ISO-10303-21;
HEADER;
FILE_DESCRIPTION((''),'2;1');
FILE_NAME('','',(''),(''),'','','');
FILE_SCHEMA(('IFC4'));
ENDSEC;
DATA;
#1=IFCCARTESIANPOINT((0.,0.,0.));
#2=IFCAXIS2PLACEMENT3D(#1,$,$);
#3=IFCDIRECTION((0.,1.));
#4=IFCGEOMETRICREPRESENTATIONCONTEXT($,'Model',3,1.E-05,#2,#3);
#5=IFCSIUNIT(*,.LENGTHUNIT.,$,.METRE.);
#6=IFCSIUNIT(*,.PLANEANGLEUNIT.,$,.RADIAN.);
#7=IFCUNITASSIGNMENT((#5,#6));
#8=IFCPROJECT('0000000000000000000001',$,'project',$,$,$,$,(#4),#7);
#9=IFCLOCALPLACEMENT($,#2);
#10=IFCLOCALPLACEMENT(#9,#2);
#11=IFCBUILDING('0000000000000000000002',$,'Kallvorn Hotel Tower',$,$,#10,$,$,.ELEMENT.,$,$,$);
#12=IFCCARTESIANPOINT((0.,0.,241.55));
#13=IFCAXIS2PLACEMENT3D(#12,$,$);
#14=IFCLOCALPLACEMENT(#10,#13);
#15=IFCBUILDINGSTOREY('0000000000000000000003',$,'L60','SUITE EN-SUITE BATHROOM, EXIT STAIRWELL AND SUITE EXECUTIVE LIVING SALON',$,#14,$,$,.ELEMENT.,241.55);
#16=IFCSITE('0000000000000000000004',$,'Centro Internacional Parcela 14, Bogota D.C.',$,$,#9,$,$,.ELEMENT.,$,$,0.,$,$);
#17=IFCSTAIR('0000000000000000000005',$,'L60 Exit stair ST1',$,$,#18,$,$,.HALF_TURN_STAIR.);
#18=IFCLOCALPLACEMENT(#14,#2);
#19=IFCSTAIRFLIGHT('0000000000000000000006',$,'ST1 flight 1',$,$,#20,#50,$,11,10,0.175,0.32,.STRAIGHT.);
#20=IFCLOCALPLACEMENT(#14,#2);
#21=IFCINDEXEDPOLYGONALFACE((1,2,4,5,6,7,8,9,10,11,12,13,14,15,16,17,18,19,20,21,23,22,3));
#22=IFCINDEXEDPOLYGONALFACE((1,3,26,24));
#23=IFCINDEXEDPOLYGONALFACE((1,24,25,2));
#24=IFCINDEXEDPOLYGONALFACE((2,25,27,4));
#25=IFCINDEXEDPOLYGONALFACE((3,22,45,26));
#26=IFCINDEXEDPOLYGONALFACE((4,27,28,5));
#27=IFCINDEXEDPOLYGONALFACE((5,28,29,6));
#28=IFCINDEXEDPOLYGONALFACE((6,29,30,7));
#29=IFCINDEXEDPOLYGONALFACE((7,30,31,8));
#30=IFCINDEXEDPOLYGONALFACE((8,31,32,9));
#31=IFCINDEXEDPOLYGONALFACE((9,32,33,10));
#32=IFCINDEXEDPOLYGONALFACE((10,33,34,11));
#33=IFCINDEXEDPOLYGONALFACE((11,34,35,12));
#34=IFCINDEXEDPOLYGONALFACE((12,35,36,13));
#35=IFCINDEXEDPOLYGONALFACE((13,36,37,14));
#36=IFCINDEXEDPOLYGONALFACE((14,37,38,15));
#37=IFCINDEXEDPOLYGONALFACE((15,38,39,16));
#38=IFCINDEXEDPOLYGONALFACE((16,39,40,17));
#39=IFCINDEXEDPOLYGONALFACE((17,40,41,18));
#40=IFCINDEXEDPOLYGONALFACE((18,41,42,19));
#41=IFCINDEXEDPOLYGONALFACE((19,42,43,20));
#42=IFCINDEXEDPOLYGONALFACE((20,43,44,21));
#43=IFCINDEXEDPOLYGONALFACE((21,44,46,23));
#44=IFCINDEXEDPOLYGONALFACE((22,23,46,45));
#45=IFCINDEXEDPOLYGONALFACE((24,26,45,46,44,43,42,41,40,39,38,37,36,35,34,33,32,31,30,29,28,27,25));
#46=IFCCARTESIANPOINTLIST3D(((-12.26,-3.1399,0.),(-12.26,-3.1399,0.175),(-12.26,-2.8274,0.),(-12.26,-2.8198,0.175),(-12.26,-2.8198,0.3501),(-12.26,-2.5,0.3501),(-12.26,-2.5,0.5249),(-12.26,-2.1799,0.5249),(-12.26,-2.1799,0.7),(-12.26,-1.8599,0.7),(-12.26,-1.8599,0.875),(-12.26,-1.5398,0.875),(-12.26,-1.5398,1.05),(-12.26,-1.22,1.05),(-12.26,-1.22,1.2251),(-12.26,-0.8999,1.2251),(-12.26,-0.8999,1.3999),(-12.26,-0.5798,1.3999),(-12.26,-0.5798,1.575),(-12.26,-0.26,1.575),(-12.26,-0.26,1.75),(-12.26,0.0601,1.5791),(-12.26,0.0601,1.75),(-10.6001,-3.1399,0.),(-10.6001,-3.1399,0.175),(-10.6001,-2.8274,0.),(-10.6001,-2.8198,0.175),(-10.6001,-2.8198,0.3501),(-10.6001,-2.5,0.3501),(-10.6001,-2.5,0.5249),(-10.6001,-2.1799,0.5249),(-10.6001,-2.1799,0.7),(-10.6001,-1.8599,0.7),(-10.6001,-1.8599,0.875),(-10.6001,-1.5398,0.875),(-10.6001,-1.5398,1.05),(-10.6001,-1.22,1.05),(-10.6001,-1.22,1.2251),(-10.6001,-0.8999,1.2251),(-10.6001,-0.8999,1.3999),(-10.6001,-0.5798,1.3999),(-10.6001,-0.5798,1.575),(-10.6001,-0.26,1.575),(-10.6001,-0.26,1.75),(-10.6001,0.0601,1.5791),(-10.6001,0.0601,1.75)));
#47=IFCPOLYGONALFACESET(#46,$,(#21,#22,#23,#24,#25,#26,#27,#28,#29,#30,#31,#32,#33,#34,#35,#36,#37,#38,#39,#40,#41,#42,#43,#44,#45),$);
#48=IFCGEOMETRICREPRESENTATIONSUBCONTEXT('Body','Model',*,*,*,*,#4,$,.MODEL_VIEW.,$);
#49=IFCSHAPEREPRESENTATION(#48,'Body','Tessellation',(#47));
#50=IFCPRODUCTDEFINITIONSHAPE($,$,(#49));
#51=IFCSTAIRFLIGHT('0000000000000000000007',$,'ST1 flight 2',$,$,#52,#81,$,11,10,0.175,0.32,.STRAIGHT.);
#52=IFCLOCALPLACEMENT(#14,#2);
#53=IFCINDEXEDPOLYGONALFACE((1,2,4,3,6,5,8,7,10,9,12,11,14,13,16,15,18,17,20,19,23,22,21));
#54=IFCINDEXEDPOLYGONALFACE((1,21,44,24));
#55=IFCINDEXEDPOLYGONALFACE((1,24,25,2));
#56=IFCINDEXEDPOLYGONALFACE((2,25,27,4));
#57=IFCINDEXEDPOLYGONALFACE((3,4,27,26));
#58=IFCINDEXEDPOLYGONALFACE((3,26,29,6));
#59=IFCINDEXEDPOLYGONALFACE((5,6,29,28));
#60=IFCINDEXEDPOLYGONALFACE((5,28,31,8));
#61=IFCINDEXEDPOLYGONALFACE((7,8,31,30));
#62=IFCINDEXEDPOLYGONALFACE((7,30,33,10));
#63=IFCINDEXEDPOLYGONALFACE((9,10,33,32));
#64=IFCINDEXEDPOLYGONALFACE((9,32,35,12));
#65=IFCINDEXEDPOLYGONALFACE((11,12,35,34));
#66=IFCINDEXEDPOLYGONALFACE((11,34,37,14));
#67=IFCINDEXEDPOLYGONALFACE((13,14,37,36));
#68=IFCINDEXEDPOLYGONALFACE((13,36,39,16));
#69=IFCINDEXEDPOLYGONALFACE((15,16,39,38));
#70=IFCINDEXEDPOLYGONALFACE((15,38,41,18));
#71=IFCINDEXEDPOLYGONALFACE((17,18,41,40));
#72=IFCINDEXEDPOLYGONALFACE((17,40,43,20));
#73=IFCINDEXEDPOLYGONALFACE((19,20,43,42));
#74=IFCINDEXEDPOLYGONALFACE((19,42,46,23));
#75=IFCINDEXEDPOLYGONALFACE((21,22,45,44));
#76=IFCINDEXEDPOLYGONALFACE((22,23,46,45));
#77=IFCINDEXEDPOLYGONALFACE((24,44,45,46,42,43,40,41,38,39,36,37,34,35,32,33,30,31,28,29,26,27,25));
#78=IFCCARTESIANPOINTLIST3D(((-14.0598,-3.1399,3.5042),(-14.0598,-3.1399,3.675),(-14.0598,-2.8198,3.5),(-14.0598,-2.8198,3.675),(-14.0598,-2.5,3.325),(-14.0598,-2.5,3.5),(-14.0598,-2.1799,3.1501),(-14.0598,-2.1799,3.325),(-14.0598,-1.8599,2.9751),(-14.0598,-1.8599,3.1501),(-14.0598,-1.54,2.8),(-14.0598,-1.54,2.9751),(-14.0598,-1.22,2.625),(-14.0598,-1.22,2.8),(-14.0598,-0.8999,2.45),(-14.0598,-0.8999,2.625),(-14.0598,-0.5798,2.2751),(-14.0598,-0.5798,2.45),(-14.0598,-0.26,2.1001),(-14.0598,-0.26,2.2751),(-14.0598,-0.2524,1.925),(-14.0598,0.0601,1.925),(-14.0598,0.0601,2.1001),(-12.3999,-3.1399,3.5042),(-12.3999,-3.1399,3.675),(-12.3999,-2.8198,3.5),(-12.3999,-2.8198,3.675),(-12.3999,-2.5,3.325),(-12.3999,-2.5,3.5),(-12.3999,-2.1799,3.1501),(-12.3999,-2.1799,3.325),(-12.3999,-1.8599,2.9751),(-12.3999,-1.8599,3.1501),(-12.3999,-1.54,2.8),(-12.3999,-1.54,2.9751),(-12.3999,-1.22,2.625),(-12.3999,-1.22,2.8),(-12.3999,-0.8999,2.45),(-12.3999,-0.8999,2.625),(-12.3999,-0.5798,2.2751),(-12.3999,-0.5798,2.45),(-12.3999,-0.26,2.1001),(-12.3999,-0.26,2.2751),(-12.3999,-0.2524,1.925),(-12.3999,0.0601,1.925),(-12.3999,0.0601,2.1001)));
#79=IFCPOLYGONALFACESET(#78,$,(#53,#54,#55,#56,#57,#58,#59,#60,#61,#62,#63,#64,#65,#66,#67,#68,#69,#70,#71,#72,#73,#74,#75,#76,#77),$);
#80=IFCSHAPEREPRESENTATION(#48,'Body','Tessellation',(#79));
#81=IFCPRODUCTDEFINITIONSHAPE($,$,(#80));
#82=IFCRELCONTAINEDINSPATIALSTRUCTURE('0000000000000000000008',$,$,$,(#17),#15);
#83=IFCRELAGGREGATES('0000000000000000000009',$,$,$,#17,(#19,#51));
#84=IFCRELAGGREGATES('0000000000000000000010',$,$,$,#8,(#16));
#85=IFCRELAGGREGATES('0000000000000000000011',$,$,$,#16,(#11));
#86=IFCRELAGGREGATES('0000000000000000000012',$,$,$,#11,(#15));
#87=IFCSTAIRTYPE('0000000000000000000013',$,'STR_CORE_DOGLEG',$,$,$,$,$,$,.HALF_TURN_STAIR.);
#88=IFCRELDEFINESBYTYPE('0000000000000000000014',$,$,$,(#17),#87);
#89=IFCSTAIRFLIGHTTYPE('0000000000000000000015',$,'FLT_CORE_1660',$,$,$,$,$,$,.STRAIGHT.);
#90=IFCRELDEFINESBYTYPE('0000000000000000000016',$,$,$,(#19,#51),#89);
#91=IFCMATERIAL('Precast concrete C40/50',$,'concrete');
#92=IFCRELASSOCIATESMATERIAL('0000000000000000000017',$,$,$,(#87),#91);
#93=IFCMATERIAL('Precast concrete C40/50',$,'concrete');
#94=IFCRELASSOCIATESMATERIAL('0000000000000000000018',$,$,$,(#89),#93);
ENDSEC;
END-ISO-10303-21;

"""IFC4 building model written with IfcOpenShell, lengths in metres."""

from ifc_helpers import new_model, si_unit, direction, frame, origin, place, context, subcontext, project, spatial, polyline, outline, extrude, material, type_object, element, aggregate, save


model = new_model("IFC4")

# Units and contexts
model_context = context("Model", 3, precision=1e-05, world=origin(), true_north=direction((0.0, 1.0)))
body_context = subcontext(model_context, "Body", "Model", "MODEL_VIEW")
ifc_project = project(units=[si_unit("LENGTHUNIT", "METRE"), si_unit("PLANEANGLEUNIT", "RADIAN")], contexts=[model_context])

# Site, building, storey
site_placement = place(None, origin())
site = spatial("IfcSite", under=ifc_project, at=site_placement, Name="Centro Internacional Parcela 14, Bogota D.C.", CompositionType="ELEMENT", RefElevation=0.0)
building_placement = place(site_placement, origin())
building = spatial("IfcBuilding", under=site, at=building_placement, Name="Kallvorn Hotel Tower", CompositionType="ELEMENT")
storey_placement = place(building_placement, frame((0.0, 0.0, 241.55)))
storey = spatial("IfcBuildingStorey", under=building, at=storey_placement, Name="L60", Description="SUITE EN-SUITE BATHROOM, EXIT STAIRWELL AND SUITE EXECUTIVE LIVING SALON", CompositionType="ELEMENT", Elevation=241.55)

# Stair, stair flights
ifc_material_1 = material(Name="Precast concrete C40/50", Category="concrete")
stair_type = type_object("IfcStairType", Name="STR_CORE_DOGLEG", PredefinedType="HALF_TURN_STAIR", material=ifc_material_1)
stair_placement = place(storey_placement, origin())
stair = element("IfcStair", 1, at=stair_placement, inside=storey, type_object=stair_type, Name="L60 Exit stair ST1", PredefinedType="HALF_TURN_STAIR")
ifc_material_2 = material(Name="Precast concrete C40/50", Category="concrete")
stair_flight_type = type_object("IfcStairFlightType", Name="FLT_CORE_1660", PredefinedType="STRAIGHT", material=ifc_material_2)
stair_flight_1_placement = place(storey_placement, frame((-11.4299, -3.1399, 0.0), z_axis=(0.0, 0.0, 1.0), x_axis=(0.0, 1.0, 0.0)))
stair_flight_1 = element("IfcStairFlight", 2, at=stair_flight_1_placement, type_object=stair_flight_type, Name="ST1 flight 1", NumberOfRisers=11, NumberOfTreads=10, PredefinedType="STRAIGHT", RiserHeight=0.175, TreadLength=0.32, context=body_context, shape_type="SweptSolid", body=[
    extrude(outline(polyline([(0.0, 0.0), (0.0, 0.175), (0.3201, 0.175), (0.3201, 0.3501), (0.6399, 0.3501), (0.6399, 0.5249), (0.96, 0.5249), (0.96, 0.7), (1.28, 0.7), (1.28, 0.875), (1.6001, 0.875), (1.6001, 1.05), (1.9199, 1.05), (1.9199, 1.2251), (2.24, 1.2251), (2.24, 1.3999), (2.5601, 1.3999), (2.5601, 1.575), (2.8799, 1.575), (2.8799, 1.75), (3.2, 1.75), (3.2, 1.925), (3.2, 1.5791), (0.3125, 0.0), (0.0, 0.0)])), frame((0.0, 0.8301, 0.0), z_axis=(0.0, -1.0, 0.0), x_axis=(1.0, 0.0, 0.0)), (0.0, 0.0, 1.0), 1.6599),
])
stair_flight_2_placement = place(storey_placement, frame((-13.23, 0.0601, 1.925), z_axis=(0.0, 0.0, 1.0), x_axis=(0.0, -1.0, 0.0)))
stair_flight_2 = element("IfcStairFlight", 3, at=stair_flight_2_placement, type_object=stair_flight_type, Name="ST1 flight 2", NumberOfRisers=11, NumberOfTreads=10, PredefinedType="STRAIGHT", RiserHeight=0.175, TreadLength=0.32, context=body_context, shape_type="SweptSolid", body=[
    extrude(outline(polyline([(0.0, 0.0), (0.0, 0.175), (0.3201, 0.175), (0.3201, 0.3501), (0.6399, 0.3501), (0.6399, 0.5249), (0.96, 0.5249), (0.96, 0.7), (1.28, 0.7), (1.28, 0.875), (1.6001, 0.875), (1.6001, 1.05), (1.9199, 1.05), (1.9199, 1.2251), (2.24, 1.2251), (2.24, 1.3999), (2.5601, 1.3999), (2.5601, 1.575), (2.8799, 1.575), (2.8799, 1.75), (3.2, 1.75), (3.2, 1.925), (3.2, 1.5791), (0.3125, 0.0), (0.0, 0.0)])), frame((0.0, 0.8301, 0.0), z_axis=(0.0, -1.0, 0.0), x_axis=(1.0, 0.0, 0.0)), (0.0, 0.0, 1.0), 1.6599),
])
aggregate(stair, [stair_flight_1, stair_flight_2])

save(model, "model.ifc")
